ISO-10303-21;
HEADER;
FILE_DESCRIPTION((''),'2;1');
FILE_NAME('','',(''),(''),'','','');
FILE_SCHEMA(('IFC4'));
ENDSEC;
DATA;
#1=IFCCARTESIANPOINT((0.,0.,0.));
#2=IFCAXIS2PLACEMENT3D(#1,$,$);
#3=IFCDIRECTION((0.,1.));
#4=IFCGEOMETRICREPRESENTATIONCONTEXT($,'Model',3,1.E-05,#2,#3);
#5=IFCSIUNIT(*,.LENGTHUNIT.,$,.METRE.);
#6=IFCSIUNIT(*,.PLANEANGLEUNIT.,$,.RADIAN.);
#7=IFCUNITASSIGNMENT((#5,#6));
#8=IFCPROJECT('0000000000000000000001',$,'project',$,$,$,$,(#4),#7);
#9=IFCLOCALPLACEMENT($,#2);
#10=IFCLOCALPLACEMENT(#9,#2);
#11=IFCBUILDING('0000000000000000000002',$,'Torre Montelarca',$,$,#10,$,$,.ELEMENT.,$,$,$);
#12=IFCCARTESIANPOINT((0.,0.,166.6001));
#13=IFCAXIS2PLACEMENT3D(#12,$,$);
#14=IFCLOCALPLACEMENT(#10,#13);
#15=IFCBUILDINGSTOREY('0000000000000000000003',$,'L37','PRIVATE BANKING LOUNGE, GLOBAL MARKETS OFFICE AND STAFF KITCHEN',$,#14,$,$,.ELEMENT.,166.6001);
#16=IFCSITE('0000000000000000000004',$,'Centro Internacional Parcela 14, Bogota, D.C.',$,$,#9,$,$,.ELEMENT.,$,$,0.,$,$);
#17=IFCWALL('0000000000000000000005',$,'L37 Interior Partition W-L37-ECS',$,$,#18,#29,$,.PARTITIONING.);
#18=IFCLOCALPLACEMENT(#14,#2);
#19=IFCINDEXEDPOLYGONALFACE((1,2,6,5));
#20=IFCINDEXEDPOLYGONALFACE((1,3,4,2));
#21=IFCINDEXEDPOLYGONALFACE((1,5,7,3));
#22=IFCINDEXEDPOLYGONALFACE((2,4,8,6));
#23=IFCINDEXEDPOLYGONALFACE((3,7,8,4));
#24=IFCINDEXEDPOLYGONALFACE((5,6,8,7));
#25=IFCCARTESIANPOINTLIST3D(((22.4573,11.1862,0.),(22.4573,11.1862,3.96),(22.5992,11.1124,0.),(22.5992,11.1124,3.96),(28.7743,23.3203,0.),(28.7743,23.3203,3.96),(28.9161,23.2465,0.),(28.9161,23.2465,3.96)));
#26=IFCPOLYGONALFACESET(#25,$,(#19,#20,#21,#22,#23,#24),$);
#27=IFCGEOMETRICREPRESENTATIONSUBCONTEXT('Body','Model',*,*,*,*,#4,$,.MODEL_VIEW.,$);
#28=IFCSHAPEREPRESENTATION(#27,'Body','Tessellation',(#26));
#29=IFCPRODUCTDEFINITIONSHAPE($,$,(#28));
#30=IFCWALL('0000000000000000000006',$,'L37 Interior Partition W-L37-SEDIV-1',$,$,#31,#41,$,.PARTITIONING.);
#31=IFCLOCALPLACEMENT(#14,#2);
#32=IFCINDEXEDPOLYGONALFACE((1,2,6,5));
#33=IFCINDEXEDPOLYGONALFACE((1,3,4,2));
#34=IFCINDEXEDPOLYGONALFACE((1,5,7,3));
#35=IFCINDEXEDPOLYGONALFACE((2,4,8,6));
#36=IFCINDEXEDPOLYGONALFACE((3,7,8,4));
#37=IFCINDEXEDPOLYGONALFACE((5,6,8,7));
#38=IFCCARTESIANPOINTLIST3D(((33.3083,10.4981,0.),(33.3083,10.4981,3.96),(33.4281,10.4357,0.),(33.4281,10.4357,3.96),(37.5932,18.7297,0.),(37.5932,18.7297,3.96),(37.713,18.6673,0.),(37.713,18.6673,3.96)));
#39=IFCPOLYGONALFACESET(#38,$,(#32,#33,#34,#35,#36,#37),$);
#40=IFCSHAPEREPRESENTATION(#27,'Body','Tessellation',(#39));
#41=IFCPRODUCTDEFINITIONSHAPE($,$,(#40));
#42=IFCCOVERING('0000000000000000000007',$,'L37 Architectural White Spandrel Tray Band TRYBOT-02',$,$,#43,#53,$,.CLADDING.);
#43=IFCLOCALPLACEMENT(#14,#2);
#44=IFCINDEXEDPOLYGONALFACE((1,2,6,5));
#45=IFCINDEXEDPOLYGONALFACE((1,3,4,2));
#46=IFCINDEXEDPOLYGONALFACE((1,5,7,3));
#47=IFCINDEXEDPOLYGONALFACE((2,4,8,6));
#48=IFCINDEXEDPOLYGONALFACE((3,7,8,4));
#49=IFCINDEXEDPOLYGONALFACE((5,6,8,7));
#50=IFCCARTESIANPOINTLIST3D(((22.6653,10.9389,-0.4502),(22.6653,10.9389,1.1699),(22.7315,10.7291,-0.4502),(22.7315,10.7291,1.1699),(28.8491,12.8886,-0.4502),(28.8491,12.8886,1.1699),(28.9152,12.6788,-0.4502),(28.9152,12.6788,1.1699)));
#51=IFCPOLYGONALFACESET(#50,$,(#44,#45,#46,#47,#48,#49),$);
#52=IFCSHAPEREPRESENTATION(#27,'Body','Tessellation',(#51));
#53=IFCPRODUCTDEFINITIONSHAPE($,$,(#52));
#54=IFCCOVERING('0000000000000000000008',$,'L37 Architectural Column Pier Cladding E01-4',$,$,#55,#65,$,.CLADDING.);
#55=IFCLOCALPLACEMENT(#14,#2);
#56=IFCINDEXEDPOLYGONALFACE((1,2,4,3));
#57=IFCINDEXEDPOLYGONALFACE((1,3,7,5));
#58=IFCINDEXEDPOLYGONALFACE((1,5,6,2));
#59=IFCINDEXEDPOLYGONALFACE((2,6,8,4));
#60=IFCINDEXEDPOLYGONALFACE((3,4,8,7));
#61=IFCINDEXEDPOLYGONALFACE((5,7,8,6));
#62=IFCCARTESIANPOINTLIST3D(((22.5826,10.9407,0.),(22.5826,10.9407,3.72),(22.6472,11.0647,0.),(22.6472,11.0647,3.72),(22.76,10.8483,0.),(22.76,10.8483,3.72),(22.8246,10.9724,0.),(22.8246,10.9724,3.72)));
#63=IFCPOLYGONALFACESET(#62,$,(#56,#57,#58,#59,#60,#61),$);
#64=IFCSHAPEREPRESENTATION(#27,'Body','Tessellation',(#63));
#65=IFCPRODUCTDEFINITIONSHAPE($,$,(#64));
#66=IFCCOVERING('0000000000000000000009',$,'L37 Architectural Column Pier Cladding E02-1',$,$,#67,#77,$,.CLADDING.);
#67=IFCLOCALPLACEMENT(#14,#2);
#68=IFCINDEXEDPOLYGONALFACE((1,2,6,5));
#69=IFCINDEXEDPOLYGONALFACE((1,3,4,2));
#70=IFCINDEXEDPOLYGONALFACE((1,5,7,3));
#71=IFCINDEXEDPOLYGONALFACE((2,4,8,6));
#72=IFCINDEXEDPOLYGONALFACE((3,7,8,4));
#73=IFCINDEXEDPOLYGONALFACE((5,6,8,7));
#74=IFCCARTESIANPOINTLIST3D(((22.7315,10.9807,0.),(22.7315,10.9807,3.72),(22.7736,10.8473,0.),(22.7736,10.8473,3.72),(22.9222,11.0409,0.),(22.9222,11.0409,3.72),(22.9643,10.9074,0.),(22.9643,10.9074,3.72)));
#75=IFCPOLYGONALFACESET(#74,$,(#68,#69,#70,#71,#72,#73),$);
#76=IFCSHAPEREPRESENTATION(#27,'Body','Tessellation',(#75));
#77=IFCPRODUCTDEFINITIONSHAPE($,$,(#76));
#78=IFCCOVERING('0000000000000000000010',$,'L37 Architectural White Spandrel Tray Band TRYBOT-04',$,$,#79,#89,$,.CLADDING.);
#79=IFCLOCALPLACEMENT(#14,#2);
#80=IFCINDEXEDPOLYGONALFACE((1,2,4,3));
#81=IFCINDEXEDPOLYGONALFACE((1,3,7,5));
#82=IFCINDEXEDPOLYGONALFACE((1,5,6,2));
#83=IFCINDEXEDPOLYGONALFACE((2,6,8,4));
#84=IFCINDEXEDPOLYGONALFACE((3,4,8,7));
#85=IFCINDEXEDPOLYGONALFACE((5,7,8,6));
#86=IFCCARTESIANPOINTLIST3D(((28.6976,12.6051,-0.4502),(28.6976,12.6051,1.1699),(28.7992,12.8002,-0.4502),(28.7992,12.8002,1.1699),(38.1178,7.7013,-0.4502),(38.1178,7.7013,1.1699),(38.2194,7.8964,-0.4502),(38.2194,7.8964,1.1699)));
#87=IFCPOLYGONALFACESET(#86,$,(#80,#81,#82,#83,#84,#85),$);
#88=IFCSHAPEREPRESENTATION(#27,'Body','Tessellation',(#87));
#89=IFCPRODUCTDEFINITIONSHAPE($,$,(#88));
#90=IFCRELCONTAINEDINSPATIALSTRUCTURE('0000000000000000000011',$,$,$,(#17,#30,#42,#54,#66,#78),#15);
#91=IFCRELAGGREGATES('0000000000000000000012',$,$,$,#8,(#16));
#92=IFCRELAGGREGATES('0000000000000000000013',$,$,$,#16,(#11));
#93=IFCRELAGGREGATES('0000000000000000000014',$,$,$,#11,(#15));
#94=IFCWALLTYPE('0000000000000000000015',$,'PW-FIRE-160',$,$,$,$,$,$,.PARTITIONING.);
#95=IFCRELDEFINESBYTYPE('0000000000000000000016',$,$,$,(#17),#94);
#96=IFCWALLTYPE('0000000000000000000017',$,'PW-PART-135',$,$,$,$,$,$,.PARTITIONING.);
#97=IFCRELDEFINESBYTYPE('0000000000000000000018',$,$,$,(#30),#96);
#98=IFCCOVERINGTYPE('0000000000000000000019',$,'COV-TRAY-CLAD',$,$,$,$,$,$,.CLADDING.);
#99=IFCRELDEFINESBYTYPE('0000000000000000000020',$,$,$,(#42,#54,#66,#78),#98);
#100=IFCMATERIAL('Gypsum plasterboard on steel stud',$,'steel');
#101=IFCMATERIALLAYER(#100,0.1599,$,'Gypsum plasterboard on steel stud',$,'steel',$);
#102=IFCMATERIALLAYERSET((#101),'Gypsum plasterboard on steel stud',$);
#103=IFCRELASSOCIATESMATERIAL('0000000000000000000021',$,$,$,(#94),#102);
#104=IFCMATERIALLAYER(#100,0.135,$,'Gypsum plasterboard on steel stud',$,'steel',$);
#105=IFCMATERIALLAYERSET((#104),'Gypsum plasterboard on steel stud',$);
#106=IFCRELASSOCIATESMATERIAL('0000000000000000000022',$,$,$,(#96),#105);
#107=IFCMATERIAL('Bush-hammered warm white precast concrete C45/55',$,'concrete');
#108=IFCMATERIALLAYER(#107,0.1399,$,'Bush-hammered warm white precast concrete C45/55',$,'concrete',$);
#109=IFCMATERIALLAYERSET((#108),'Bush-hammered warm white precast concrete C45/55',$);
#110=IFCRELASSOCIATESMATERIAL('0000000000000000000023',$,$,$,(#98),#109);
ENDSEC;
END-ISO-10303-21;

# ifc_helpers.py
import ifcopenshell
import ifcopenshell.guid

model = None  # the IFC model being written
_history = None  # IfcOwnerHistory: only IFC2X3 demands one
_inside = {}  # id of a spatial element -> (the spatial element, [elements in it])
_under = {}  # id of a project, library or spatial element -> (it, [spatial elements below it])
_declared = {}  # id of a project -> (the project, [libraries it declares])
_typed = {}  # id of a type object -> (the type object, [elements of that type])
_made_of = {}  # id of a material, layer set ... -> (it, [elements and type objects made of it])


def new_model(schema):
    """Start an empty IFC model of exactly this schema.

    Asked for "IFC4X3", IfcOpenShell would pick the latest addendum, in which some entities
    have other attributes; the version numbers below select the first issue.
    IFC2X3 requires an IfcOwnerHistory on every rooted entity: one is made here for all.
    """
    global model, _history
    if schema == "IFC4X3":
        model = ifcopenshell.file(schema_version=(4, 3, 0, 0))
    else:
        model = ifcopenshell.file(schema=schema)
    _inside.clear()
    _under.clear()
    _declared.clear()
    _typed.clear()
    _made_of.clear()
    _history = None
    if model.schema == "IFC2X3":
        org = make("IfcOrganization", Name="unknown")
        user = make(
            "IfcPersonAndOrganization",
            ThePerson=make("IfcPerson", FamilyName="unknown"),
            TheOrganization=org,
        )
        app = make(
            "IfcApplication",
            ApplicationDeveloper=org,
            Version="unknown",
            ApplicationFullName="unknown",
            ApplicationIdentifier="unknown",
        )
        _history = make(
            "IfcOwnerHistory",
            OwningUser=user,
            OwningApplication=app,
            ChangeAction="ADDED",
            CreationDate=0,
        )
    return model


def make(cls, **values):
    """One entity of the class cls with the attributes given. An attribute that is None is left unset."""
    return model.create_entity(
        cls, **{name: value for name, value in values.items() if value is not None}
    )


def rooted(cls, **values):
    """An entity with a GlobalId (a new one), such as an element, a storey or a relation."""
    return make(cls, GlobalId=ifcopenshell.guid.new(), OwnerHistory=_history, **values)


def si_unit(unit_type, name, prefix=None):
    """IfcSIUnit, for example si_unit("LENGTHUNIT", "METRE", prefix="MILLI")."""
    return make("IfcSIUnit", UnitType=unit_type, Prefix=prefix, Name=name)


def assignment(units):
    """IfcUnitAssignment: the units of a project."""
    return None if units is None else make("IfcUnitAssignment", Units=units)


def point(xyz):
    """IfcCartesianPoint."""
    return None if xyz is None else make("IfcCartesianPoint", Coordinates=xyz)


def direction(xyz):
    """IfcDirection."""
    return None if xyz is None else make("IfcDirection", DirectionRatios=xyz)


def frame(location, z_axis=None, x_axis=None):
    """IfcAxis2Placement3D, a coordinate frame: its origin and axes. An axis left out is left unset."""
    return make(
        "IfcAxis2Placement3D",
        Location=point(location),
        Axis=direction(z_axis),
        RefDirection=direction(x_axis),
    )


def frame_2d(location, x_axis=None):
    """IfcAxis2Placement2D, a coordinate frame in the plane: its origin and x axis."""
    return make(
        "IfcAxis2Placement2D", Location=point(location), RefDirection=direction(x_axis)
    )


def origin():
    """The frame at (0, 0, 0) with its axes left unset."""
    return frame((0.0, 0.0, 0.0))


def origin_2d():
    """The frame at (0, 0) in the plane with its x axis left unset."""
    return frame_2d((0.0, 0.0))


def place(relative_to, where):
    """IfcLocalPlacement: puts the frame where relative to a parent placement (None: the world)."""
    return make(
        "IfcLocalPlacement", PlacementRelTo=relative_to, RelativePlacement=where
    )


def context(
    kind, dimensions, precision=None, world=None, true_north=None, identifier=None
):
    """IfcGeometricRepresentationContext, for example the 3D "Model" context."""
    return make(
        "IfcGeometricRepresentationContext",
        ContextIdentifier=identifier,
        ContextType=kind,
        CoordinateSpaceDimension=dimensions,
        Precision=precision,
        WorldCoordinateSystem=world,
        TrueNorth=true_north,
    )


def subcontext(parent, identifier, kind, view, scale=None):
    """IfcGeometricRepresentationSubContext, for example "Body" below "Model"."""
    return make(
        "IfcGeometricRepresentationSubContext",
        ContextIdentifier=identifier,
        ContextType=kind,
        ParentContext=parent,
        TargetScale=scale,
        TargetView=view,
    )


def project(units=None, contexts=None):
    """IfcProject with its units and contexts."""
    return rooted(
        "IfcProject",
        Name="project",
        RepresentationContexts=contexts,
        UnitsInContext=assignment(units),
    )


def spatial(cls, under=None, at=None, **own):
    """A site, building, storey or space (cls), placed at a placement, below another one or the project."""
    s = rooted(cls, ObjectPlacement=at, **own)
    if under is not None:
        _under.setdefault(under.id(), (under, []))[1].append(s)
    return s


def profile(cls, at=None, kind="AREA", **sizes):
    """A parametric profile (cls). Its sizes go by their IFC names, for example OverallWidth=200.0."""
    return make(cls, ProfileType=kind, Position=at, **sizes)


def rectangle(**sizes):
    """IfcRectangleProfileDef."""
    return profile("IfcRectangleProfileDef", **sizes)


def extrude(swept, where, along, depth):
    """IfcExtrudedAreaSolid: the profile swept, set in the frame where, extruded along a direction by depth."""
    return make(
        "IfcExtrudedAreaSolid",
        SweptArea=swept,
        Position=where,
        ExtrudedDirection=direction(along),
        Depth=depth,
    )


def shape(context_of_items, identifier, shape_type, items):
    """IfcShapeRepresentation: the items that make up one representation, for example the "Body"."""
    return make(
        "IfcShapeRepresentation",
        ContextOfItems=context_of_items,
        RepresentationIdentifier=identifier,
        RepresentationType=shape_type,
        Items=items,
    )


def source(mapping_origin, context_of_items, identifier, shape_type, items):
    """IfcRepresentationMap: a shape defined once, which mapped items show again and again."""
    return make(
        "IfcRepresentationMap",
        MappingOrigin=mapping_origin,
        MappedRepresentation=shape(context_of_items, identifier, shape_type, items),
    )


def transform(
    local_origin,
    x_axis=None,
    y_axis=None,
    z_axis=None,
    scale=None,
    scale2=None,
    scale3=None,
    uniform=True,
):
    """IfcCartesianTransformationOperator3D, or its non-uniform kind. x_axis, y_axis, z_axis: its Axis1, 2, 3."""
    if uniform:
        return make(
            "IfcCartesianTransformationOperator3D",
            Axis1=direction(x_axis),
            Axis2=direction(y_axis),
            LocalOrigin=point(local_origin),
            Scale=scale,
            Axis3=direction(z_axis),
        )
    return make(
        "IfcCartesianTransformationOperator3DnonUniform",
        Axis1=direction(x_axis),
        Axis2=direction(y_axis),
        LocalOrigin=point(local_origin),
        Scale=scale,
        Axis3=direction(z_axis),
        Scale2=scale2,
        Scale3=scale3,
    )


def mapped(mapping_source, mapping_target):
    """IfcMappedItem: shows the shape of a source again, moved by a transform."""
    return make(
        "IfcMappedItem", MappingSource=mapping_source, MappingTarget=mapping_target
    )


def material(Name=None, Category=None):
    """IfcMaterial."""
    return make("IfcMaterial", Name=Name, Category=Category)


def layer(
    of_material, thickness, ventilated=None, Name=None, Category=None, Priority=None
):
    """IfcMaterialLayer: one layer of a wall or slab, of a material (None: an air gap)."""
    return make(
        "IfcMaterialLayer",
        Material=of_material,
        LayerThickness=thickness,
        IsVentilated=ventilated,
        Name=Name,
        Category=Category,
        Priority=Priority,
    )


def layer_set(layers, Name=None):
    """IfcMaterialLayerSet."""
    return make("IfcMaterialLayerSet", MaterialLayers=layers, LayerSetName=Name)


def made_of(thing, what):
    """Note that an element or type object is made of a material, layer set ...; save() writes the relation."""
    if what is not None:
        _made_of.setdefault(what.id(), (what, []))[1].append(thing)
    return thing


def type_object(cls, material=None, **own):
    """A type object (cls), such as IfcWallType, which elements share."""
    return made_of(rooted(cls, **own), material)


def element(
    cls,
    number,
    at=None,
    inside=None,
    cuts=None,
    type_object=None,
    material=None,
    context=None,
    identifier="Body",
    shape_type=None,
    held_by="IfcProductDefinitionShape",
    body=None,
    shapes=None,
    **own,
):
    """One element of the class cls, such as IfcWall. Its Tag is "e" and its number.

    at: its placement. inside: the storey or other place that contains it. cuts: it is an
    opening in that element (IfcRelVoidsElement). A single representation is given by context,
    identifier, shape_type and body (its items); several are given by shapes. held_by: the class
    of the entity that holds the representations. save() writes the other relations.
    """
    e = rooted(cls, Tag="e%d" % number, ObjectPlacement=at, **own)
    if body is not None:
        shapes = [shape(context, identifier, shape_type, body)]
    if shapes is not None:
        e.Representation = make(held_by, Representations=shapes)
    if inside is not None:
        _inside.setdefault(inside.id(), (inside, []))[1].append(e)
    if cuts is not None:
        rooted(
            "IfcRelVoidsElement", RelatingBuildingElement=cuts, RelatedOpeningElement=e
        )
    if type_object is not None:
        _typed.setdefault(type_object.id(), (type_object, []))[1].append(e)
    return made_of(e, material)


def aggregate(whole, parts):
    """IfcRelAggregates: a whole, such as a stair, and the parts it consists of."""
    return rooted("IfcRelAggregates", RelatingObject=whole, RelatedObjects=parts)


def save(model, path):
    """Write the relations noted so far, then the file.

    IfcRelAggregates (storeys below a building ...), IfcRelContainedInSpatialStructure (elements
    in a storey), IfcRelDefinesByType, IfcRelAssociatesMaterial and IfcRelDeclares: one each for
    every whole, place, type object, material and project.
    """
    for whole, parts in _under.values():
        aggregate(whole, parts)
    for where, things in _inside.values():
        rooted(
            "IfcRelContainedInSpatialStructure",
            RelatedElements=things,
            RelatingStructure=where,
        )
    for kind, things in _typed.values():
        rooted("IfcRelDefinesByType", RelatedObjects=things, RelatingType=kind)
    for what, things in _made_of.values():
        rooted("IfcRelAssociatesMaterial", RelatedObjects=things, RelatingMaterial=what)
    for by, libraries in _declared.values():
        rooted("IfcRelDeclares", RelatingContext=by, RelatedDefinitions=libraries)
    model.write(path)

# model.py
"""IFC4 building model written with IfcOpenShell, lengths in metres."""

from ifc_helpers import new_model, si_unit, direction, frame, frame_2d, origin, origin_2d, place, context, subcontext, project, spatial, rectangle, extrude, source, transform, mapped, material, layer, layer_set, type_object, element, save


model = new_model("IFC4")

# Units and contexts
model_context = context("Model", 3, precision=1e-05, world=origin(), true_north=direction((0.0, 1.0)))
body_context = subcontext(model_context, "Body", "Model", "MODEL_VIEW")
ifc_project = project(units=[si_unit("LENGTHUNIT", "METRE"), si_unit("PLANEANGLEUNIT", "RADIAN")], contexts=[model_context])

# Site, building, storey
site_placement = place(None, origin())
site = spatial("IfcSite", under=ifc_project, at=site_placement, Name="Centro Internacional Parcela 14, Bogota, D.C.", CompositionType="ELEMENT", RefElevation=0.0)
building_placement = place(site_placement, origin())
building = spatial("IfcBuilding", under=site, at=building_placement, Name="Torre Montelarca", CompositionType="ELEMENT")
storey_placement = place(building_placement, frame((0.0, 0.0, 166.6001)))
storey = spatial("IfcBuildingStorey", under=building, at=storey_placement, Name="L37", Description="PRIVATE BANKING LOUNGE, GLOBAL MARKETS OFFICE AND STAFF KITCHEN", CompositionType="ELEMENT", Elevation=166.6001)

# Walls
ifc_material_1 = material(Name="Gypsum plasterboard on steel stud", Category="steel")
ifc_layer_1 = layer(ifc_material_1, 0.1599, Name="Gypsum plasterboard on steel stud", Category="steel")
ifc_layer_set_1 = layer_set([ifc_layer_1], Name="Gypsum plasterboard on steel stud")
wall_type_1 = type_object("IfcWallType", Name="PW-FIRE-160", PredefinedType="PARTITIONING", material=ifc_layer_set_1)
wall_1_placement = place(storey_placement, frame((22.5283, 11.1494, 0.0), z_axis=(0.0, 0.0, 1.0), x_axis=(0.461767, 0.887001, 0.0)))
element("IfcWall", 1, at=wall_1_placement, inside=storey, type_object=wall_type_1, Name="L37 Interior Partition W-L37-ECS", PredefinedType="PARTITIONING", context=body_context, shape_type="SweptSolid", body=[
    extrude(rectangle(XDim=13.6799, YDim=0.1599, at=frame_2d((6.8398, 0.0))), origin(), (0.0, 0.0, 1.0), 3.96),
])
ifc_layer_2 = layer(ifc_material_1, 0.135, Name="Gypsum plasterboard on steel stud", Category="steel")
ifc_layer_set_2 = layer_set([ifc_layer_2], Name="Gypsum plasterboard on steel stud")
wall_type_2 = type_object("IfcWallType", Name="PW-PART-135", PredefinedType="PARTITIONING", material=ifc_layer_set_2)
wall_2_placement = place(storey_placement, frame((33.3682, 10.4668, 0.0), z_axis=(0.0, 0.0, 1.0), x_axis=(0.461729, 0.887021, 0.0)))
element("IfcWall", 2, at=wall_2_placement, inside=storey, type_object=wall_type_2, Name="L37 Interior Partition W-L37-SEDIV-1", PredefinedType="PARTITIONING", context=body_context, shape_type="SweptSolid", body=[
    extrude(rectangle(XDim=9.28, YDim=0.135, at=frame_2d((4.6401, 0.0))), origin(), (0.0, 0.0, 1.0), 3.96),
])

# Coverings
ifc_material_2 = material(Name="Bush-hammered warm white precast concrete C45/55", Category="concrete")
ifc_layer_3 = layer(ifc_material_2, 0.1399, Name="Bush-hammered warm white precast concrete C45/55", Category="concrete")
ifc_layer_set_3 = layer_set([ifc_layer_3], Name="Bush-hammered warm white precast concrete C45/55")
covering_type = type_object("IfcCoveringType", Name="COV-TRAY-CLAD", PredefinedType="CLADDING", material=ifc_layer_set_3)
shared_shape_1 = source(origin(), body_context, "Body", "SweptSolid", [
    extrude(rectangle(XDim=6.4839, YDim=0.22, at=origin_2d()), origin(), (0.0, 0.0, 1.0), 1.6201),
])
covering_1_placement = place(storey_placement, frame((25.7903, 11.8088, -0.4502), z_axis=(0.0, 0.0, 1.0), x_axis=(0.953716, 0.300709, 0.0)))
element("IfcCovering", 3, at=covering_1_placement, inside=storey, type_object=covering_type, Name="L37 Architectural White Spandrel Tray Band TRYBOT-02", PredefinedType="CLADDING", context=body_context, shape_type="MappedRepresentation", body=[
    mapped(shared_shape_1, transform((0.0, 0.0, 0.0), scale=1.0)),
])
shared_shape_2 = source(origin(), body_context, "Body", "SweptSolid", [
    extrude(rectangle(XDim=0.2, YDim=0.1399, at=origin_2d()), origin(), (0.0, 0.0, 1.0), 3.72),
])
for number, where, z_axis, x_axis, name in (
    (4, (22.7036, 10.9565, 0.0), (0.0, 0.0, 1.0), (0.887011, -0.461749, 0.0), "L37 Architectural Column Pier Cladding E01-4"),
    (5, (22.8479, 10.9441, 0.0), (0.0, 0.0, 1.0), (0.953716, 0.300709, 0.0), "L37 Architectural Column Pier Cladding E02-1"),
):
    element("IfcCovering", number, at=place(storey_placement, frame(where, z_axis=z_axis, x_axis=x_axis)), inside=storey, type_object=covering_type, Name=name, PredefinedType="CLADDING", context=body_context, shape_type="MappedRepresentation", body=[
        mapped(shared_shape_2, transform((0.0, 0.0, 0.0), scale=1.0)),
    ])
shared_shape_3 = source(origin(), body_context, "Body", "SweptSolid", [
    extrude(rectangle(XDim=10.6201, YDim=0.22, at=origin_2d()), origin(), (0.0, 0.0, 1.0), 1.6201),
])
covering_2_placement = place(storey_placement, frame((33.4585, 10.2507, -0.4502), z_axis=(0.0, 0.0, 1.0), x_axis=(0.887013, -0.461744, 0.0)))
element("IfcCovering", 6, at=covering_2_placement, inside=storey, type_object=covering_type, Name="L37 Architectural White Spandrel Tray Band TRYBOT-04", PredefinedType="CLADDING", context=body_context, shape_type="MappedRepresentation", body=[
    mapped(shared_shape_3, transform((0.0, 0.0, 0.0), scale=1.0)),
])

save(model, "model.ifc")
